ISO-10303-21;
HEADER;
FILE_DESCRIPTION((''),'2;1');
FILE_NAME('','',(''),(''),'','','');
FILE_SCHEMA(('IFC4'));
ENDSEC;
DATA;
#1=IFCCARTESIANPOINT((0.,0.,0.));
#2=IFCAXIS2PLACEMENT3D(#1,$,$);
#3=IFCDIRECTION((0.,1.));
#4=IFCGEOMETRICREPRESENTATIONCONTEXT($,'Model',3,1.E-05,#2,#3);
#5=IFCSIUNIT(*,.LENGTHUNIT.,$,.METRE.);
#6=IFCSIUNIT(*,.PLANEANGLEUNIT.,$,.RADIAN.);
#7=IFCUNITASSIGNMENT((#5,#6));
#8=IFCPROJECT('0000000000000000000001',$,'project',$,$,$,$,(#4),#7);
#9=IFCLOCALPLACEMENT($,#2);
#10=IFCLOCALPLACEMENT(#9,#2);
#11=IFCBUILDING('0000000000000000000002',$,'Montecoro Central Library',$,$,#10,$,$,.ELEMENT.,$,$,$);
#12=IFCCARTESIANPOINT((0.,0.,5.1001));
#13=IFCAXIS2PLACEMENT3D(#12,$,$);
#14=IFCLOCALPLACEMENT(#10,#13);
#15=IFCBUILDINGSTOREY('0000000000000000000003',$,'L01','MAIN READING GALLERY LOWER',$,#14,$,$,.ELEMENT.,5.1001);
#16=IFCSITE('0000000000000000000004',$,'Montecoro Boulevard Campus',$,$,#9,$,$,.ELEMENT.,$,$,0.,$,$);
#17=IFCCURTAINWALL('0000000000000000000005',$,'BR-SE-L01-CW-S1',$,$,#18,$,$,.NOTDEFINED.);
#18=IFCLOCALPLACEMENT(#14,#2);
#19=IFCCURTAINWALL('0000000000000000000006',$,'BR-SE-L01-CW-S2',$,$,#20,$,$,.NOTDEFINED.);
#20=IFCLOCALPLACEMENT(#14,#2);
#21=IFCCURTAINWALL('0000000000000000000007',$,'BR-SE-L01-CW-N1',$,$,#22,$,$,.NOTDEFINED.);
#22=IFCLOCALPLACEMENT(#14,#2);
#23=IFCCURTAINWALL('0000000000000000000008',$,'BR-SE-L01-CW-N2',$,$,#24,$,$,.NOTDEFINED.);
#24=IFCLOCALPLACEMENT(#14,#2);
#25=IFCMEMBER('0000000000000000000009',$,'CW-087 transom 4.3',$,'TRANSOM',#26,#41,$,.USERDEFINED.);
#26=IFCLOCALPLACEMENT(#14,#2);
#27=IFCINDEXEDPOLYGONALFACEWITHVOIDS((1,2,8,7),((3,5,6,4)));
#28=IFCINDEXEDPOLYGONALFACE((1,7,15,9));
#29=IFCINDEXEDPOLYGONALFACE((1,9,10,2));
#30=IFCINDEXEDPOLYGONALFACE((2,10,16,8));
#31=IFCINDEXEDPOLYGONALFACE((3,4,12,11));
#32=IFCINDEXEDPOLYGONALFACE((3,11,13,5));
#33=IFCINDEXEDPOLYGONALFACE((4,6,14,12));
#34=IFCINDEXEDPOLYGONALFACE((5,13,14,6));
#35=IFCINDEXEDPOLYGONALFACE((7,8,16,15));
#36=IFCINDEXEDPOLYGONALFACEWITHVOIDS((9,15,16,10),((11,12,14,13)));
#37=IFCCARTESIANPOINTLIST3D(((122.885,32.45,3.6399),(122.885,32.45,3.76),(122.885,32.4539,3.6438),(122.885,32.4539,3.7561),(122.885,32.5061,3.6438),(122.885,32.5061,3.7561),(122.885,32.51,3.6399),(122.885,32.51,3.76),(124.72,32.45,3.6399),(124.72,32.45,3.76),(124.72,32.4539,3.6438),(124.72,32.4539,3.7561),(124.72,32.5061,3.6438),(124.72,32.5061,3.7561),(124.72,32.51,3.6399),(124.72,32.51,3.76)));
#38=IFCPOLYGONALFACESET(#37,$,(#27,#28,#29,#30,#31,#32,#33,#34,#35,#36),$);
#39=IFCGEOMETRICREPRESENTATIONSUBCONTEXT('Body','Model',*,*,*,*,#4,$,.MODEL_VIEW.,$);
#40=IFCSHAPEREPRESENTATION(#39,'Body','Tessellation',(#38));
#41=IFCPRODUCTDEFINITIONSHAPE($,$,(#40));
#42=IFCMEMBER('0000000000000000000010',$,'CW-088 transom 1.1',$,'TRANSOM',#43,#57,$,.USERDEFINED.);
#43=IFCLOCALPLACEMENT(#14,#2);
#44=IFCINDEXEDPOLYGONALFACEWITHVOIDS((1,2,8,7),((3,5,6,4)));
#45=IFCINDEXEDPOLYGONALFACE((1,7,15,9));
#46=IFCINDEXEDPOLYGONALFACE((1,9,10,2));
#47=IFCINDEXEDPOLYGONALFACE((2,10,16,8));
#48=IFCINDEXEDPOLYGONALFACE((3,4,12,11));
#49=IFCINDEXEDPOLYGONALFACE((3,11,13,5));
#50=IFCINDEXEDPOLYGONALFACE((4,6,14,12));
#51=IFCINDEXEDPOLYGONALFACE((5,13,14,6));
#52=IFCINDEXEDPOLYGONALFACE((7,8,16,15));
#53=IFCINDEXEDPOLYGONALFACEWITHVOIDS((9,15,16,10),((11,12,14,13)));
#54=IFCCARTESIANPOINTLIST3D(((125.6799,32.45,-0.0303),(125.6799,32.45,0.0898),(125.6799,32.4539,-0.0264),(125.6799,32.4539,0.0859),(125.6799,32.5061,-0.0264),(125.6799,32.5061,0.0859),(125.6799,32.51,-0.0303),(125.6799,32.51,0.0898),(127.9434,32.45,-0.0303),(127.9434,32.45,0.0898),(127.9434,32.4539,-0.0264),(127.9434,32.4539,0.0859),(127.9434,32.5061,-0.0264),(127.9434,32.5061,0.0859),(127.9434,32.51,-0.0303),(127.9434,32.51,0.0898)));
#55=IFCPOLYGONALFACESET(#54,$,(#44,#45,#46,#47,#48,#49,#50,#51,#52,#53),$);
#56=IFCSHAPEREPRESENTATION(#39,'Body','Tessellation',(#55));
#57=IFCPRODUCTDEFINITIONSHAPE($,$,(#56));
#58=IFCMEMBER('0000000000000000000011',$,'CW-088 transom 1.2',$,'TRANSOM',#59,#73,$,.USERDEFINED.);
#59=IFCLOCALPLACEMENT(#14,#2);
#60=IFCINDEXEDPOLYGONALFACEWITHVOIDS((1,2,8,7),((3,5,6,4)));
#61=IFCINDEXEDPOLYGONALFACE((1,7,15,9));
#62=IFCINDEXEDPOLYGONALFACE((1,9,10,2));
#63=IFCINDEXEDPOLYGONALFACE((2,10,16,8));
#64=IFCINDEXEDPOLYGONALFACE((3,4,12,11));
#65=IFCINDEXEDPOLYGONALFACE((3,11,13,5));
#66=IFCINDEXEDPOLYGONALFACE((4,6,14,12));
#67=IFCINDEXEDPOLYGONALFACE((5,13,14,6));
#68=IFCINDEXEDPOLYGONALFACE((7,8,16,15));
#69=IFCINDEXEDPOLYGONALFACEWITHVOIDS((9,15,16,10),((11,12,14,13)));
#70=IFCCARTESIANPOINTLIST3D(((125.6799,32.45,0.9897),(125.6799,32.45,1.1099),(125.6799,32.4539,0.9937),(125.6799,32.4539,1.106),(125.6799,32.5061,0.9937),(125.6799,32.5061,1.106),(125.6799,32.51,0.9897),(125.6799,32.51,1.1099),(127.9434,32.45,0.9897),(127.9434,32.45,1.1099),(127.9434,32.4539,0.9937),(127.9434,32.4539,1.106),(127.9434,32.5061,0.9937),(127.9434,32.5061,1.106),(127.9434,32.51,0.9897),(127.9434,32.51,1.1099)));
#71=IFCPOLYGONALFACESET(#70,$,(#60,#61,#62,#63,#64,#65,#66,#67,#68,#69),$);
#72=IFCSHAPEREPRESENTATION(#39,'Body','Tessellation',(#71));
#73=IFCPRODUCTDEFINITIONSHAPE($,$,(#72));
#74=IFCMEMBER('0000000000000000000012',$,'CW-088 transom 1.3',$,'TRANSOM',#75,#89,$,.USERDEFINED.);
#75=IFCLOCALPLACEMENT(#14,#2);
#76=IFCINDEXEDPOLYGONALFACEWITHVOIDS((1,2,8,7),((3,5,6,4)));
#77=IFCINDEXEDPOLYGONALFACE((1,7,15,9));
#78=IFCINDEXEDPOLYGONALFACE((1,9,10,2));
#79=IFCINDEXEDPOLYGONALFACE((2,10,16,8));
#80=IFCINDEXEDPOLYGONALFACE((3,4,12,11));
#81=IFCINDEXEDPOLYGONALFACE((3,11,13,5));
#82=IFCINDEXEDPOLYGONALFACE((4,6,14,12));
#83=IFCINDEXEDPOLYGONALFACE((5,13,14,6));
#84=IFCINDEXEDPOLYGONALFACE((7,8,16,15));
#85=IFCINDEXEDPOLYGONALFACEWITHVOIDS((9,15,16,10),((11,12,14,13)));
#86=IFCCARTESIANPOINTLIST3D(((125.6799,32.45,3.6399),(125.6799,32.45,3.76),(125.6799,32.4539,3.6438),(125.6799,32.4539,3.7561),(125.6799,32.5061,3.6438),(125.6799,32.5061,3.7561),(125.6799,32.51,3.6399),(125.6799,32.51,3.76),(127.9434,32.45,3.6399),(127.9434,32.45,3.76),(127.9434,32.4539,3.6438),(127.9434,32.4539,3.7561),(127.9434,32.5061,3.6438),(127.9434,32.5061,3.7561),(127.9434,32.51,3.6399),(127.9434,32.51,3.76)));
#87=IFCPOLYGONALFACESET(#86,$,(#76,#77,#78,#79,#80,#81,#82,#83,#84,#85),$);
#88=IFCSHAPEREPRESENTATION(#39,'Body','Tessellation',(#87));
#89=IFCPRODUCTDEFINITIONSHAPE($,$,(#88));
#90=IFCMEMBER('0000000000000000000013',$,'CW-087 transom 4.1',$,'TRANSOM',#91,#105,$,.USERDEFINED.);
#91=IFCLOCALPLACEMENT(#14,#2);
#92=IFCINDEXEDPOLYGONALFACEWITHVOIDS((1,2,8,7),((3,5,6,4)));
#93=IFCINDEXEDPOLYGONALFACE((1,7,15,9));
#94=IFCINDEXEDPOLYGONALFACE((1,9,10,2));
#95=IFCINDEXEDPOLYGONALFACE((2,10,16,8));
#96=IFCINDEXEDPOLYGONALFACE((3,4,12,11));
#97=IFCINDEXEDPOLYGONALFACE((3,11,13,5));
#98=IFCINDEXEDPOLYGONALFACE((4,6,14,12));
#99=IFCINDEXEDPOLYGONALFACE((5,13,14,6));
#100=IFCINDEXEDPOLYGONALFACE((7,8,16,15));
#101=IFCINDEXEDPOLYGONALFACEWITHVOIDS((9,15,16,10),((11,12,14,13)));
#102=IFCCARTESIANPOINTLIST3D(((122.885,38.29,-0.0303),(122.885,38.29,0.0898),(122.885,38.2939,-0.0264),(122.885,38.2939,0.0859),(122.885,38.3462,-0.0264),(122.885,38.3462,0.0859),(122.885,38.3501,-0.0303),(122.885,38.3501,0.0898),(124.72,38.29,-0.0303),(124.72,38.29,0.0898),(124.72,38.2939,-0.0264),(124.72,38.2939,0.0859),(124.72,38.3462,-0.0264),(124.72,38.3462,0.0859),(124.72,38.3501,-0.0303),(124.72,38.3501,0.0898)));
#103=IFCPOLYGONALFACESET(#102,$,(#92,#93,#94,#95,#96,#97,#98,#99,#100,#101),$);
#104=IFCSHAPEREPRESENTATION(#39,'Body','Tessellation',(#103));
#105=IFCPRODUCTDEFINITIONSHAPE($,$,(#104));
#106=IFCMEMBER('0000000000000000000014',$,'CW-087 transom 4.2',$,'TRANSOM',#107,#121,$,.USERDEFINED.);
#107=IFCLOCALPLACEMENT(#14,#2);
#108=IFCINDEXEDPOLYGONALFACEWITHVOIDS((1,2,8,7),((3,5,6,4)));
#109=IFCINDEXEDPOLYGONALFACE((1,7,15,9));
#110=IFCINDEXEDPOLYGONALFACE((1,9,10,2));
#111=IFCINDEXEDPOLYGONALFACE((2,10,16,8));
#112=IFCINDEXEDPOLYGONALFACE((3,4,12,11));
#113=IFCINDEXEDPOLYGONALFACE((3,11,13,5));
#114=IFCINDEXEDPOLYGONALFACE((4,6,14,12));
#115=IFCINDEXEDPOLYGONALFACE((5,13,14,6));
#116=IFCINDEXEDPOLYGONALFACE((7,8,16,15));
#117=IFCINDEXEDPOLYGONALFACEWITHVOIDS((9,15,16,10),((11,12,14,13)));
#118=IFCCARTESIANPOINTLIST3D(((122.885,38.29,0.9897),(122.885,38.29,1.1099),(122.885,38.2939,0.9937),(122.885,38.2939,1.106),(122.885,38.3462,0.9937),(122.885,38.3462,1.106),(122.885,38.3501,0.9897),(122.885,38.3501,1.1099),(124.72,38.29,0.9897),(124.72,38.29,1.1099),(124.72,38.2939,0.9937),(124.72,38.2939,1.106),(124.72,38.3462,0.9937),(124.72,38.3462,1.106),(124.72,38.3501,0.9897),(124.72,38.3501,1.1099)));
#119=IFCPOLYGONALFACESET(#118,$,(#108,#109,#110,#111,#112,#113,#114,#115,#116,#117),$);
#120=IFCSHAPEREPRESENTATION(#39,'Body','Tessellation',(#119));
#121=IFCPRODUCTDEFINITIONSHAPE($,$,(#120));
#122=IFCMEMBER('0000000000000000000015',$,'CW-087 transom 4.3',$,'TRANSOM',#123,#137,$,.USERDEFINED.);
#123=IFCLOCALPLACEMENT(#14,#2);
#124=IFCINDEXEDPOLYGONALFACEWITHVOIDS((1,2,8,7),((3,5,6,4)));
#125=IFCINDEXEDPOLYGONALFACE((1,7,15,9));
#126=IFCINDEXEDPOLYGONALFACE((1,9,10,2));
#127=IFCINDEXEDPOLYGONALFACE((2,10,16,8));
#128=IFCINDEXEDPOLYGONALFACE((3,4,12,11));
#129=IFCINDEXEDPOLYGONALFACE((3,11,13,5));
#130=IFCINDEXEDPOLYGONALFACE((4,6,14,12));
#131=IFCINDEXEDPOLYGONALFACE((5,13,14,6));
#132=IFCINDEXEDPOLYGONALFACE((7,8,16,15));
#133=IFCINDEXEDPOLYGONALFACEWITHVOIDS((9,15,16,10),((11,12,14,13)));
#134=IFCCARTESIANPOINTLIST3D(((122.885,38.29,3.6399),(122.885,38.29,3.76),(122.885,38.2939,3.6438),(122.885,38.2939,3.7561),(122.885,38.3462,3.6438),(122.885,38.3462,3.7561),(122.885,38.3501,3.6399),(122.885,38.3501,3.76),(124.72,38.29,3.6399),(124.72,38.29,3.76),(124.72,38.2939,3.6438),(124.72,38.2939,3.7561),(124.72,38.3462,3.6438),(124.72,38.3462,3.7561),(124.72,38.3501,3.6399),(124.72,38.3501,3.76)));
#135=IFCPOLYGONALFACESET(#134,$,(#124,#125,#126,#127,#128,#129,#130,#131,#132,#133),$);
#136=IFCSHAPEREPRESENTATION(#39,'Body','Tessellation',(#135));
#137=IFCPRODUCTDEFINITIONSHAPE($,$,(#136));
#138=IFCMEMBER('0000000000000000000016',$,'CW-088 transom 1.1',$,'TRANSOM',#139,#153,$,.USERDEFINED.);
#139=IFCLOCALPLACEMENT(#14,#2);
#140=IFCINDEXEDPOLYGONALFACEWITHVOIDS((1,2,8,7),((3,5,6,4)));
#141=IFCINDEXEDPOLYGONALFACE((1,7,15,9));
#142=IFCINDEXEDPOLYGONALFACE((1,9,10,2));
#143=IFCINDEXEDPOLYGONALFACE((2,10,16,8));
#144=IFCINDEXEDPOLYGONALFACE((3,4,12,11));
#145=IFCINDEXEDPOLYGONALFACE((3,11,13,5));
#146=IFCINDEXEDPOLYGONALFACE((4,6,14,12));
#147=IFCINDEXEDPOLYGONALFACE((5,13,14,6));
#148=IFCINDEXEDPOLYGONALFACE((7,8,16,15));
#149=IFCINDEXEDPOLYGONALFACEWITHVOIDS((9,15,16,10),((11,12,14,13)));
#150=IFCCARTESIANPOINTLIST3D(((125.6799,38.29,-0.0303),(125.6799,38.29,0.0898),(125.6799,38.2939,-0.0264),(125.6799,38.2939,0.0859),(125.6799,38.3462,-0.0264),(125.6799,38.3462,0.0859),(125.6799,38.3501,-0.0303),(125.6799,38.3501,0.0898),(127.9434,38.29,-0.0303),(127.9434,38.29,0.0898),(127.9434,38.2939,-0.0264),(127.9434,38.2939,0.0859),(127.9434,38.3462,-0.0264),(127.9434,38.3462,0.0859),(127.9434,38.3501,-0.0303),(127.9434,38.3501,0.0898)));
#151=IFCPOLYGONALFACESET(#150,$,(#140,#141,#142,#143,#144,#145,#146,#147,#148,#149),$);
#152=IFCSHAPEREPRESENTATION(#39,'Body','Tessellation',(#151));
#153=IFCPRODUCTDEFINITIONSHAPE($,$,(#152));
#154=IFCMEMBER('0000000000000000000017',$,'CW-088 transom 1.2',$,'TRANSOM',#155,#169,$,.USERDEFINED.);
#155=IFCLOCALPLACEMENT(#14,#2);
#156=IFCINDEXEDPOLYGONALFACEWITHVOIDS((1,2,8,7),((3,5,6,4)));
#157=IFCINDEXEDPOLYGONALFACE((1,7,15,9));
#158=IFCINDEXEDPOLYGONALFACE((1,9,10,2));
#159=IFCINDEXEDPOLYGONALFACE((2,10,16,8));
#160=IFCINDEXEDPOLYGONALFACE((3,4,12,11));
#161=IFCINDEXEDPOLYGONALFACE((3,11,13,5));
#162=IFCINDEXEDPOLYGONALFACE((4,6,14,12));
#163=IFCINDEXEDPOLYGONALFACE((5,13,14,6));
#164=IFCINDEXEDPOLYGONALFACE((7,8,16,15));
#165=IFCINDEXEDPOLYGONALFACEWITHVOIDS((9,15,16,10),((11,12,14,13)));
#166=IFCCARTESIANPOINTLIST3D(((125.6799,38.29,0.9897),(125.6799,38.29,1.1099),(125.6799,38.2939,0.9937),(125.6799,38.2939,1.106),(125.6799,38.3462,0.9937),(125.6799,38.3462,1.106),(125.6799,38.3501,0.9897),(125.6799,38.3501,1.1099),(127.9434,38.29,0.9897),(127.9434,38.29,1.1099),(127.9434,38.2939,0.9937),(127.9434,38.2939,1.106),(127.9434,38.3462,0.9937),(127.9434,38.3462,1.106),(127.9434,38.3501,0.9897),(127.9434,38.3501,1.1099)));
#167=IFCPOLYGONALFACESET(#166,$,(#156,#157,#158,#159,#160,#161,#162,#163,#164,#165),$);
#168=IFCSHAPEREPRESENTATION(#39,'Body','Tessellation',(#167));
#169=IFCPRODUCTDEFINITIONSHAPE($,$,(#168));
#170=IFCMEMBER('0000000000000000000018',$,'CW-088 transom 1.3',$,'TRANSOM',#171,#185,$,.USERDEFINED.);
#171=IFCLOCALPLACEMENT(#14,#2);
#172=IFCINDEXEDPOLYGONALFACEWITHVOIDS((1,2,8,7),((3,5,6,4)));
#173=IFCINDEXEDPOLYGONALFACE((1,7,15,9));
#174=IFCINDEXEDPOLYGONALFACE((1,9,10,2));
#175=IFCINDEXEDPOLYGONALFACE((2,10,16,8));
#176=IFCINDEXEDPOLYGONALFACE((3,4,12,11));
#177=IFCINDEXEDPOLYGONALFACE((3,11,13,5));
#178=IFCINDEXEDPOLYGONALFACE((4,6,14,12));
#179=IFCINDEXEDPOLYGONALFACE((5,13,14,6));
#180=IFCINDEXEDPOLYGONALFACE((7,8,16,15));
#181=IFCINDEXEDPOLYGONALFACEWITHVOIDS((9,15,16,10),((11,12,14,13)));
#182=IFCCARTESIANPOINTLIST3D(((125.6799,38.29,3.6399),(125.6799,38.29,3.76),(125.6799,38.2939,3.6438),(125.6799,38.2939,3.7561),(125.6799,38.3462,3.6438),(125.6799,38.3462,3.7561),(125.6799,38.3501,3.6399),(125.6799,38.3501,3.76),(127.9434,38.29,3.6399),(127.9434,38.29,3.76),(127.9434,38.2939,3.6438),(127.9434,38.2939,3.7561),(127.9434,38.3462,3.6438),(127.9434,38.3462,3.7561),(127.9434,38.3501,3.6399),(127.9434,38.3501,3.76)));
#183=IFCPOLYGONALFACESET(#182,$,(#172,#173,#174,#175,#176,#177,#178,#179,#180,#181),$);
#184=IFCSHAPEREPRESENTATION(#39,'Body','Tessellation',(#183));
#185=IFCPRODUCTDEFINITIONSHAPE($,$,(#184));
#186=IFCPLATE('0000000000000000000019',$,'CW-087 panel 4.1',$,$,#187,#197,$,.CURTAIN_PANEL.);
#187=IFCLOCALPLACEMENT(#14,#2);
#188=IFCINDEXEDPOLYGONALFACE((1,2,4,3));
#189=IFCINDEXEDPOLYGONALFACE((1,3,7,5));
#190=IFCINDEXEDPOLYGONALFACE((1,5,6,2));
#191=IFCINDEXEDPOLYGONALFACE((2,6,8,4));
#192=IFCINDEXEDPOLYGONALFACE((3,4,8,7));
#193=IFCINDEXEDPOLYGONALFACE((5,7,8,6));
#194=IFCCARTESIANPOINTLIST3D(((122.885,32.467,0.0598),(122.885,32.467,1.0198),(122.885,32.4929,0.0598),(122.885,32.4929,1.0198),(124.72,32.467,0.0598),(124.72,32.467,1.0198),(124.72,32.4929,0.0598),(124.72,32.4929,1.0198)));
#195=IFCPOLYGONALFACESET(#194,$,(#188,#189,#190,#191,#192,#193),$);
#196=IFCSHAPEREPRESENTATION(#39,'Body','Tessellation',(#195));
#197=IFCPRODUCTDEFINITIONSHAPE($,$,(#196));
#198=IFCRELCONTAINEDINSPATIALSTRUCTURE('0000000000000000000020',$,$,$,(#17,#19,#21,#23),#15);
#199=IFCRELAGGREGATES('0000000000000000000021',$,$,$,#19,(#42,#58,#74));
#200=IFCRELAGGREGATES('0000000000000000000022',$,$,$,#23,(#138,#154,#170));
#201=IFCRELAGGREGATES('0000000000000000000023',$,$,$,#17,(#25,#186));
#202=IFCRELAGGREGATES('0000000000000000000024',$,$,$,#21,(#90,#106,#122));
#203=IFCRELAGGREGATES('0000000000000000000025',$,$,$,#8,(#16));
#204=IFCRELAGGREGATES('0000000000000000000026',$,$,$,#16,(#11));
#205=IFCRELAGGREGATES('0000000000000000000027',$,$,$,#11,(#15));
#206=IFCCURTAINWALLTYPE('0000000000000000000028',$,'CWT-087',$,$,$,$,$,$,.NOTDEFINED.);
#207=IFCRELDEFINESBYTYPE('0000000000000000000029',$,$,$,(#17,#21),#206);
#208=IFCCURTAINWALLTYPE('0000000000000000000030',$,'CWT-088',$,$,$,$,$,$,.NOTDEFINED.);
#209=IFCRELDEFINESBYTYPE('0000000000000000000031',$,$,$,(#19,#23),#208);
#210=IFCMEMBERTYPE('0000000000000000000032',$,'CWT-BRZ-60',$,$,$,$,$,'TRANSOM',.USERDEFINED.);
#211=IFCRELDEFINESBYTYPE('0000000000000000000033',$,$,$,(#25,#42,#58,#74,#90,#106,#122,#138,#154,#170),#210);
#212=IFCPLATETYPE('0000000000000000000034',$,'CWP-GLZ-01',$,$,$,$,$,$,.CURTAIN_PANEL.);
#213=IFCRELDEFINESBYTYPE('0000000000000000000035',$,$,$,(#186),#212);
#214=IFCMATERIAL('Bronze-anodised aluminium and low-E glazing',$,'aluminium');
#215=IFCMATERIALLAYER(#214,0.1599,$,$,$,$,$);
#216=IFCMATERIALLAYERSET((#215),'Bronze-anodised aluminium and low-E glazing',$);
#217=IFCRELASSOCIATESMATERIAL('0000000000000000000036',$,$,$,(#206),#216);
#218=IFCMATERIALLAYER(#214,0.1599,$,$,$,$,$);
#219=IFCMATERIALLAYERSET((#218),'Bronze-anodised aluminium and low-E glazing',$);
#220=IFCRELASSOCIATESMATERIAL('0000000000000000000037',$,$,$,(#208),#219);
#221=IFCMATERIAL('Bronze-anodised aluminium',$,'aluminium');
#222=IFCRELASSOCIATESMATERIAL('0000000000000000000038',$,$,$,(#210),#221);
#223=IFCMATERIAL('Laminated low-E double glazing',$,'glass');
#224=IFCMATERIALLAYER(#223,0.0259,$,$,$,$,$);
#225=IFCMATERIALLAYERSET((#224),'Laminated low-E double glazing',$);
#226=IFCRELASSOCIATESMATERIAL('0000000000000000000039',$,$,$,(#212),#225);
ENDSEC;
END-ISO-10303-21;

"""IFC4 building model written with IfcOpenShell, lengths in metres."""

from ifc_helpers import new_model, si_unit, direction, frame, origin, origin_2d, place, context, subcontext, project, spatial, rectangle, hollow_rectangle, extrude, material, layer, layer_set, material_profile, profile_set, type_object, element, aggregate, save


model = new_model("IFC4")

# Units and contexts
model_context = context("Model", 3, precision=1e-05, world=origin(), true_north=direction((0.0, 1.0)))
body_context = subcontext(model_context, "Body", "Model", "MODEL_VIEW")
ifc_project = project(units=[si_unit("LENGTHUNIT", "METRE"), si_unit("PLANEANGLEUNIT", "RADIAN")], contexts=[model_context])

# Site, building, storey
site_placement = place(None, origin())
site = spatial("IfcSite", under=ifc_project, at=site_placement, Name="Montecoro Boulevard Campus", CompositionType="ELEMENT", RefElevation=0.0)
building_placement = place(site_placement, origin())
building = spatial("IfcBuilding", under=site, at=building_placement, Name="Montecoro Central Library", CompositionType="ELEMENT")
storey_placement = place(building_placement, frame((0.0, 0.0, 5.1001)))
storey = spatial("IfcBuildingStorey", under=building, at=storey_placement, Name="L01", Description="MAIN READING GALLERY LOWER", CompositionType="ELEMENT", Elevation=5.1001)

# Curtain walls
ifc_material_1 = material(Name="Bronze-anodised aluminium and low-E glazing", Category="aluminium")
ifc_layer_1 = layer(ifc_material_1, 0.1599)
ifc_layer_set_1 = layer_set([ifc_layer_1], Name="Bronze-anodised aluminium and low-E glazing")
curtain_wall_type_1 = type_object("IfcCurtainWallType", Name="CWT-087", PredefinedType="NOTDEFINED", material=ifc_layer_set_1)
curtain_wall_1_placement = place(storey_placement, origin())
curtain_wall_1 = element("IfcCurtainWall", 1, at=curtain_wall_1_placement, inside=storey, type_object=curtain_wall_type_1, Name="BR-SE-L01-CW-S1", PredefinedType="NOTDEFINED")
ifc_material_2 = material(Name="Bronze-anodised aluminium", Category="aluminium")
ifc_layer_2 = layer(ifc_material_1, 0.1599)
ifc_layer_set_2 = layer_set([ifc_layer_2], Name="Bronze-anodised aluminium and low-E glazing")
curtain_wall_type_2 = type_object("IfcCurtainWallType", Name="CWT-088", PredefinedType="NOTDEFINED", material=ifc_layer_set_2)
curtain_wall_2_placement = place(storey_placement, origin())
curtain_wall_2 = element("IfcCurtainWall", 2, at=curtain_wall_2_placement, inside=storey, type_object=curtain_wall_type_2, Name="BR-SE-L01-CW-S2", PredefinedType="NOTDEFINED")
curtain_wall_3_placement = place(storey_placement, origin())
curtain_wall_3 = element("IfcCurtainWall", 3, at=curtain_wall_3_placement, inside=storey, type_object=curtain_wall_type_1, Name="BR-SE-L01-CW-N1", PredefinedType="NOTDEFINED")
curtain_wall_4_placement = place(storey_placement, origin())
curtain_wall_4 = element("IfcCurtainWall", 4, at=curtain_wall_4_placement, inside=storey, type_object=curtain_wall_type_2, Name="BR-SE-L01-CW-N2", PredefinedType="NOTDEFINED")

# Members
ifc_material_profile_1 = material_profile(ifc_material_2, hollow_rectangle(XDim=0.0601, YDim=0.1201, WallThickness=0.0039, at=origin_2d()), Name="CWT 120x60x4.0")
ifc_profile_set_1 = profile_set([ifc_material_profile_1], Name="Bronze-anodised aluminium")
member_type_1 = type_object("IfcMemberType", Name="CWT-BRZ-60", ElementType="TRANSOM", PredefinedType="USERDEFINED", material=ifc_profile_set_1)
member_1_placement = place(storey_placement, frame((122.885, 32.48, 3.7), z_axis=(1.0, 0.0, 0.0), x_axis=(0.0, 1.0, 0.0)))
member_1 = element("IfcMember", 5, at=member_1_placement, type_object=member_type_1, Name="CW-087 transom 4.3", ObjectType="TRANSOM", PredefinedType="USERDEFINED", context=body_context, shape_type="SweptSolid", body=[
    extrude(hollow_rectangle(XDim=0.0601, YDim=0.1201, WallThickness=0.0039, at=origin_2d()), origin(), (0.0, 0.0, 1.0), 1.835),
])
member_2_placement = place(storey_placement, frame((125.6799, 32.48, 0.0298), z_axis=(1.0, 0.0, 0.0), x_axis=(0.0, 1.0, 0.0)))
member_2 = element("IfcMember", 6, at=member_2_placement, type_object=member_type_1, Name="CW-088 transom 1.1", ObjectType="TRANSOM", PredefinedType="USERDEFINED", context=body_context, shape_type="SweptSolid", body=[
    extrude(hollow_rectangle(XDim=0.0601, YDim=0.1201, WallThickness=0.0039, at=origin_2d()), origin(), (0.0, 0.0, 1.0), 2.2634),
])
member_3_placement = place(storey_placement, frame((125.6799, 32.48, 1.0498), z_axis=(1.0, 0.0, 0.0), x_axis=(0.0, 1.0, 0.0)))
member_3 = element("IfcMember", 7, at=member_3_placement, type_object=member_type_1, Name="CW-088 transom 1.2", ObjectType="TRANSOM", PredefinedType="USERDEFINED", context=body_context, shape_type="SweptSolid", body=[
    extrude(hollow_rectangle(XDim=0.0601, YDim=0.1201, WallThickness=0.0039, at=origin_2d()), origin(), (0.0, 0.0, 1.0), 2.2634),
])
member_4_placement = place(storey_placement, frame((125.6799, 32.48, 3.7), z_axis=(1.0, 0.0, 0.0), x_axis=(0.0, 1.0, 0.0)))
member_4 = element("IfcMember", 8, at=member_4_placement, type_object=member_type_1, Name="CW-088 transom 1.3", ObjectType="TRANSOM", PredefinedType="USERDEFINED", context=body_context, shape_type="SweptSolid", body=[
    extrude(hollow_rectangle(XDim=0.0601, YDim=0.1201, WallThickness=0.0039, at=origin_2d()), origin(), (0.0, 0.0, 1.0), 2.2634),
])
aggregate(curtain_wall_2, [member_2, member_3, member_4])
member_5_placement = place(storey_placement, frame((122.885, 38.3201, 0.0298), z_axis=(1.0, 0.0, 0.0), x_axis=(0.0, 1.0, 0.0)))
member_5 = element("IfcMember", 9, at=member_5_placement, type_object=member_type_1, Name="CW-087 transom 4.1", ObjectType="TRANSOM", PredefinedType="USERDEFINED", context=body_context, shape_type="SweptSolid", body=[
    extrude(hollow_rectangle(XDim=0.0601, YDim=0.1201, WallThickness=0.0039, at=origin_2d()), origin(), (0.0, 0.0, 1.0), 1.835),
])
member_6_placement = place(storey_placement, frame((122.885, 38.3201, 1.0498), z_axis=(1.0, 0.0, 0.0), x_axis=(0.0, 1.0, 0.0)))
member_6 = element("IfcMember", 10, at=member_6_placement, type_object=member_type_1, Name="CW-087 transom 4.2", ObjectType="TRANSOM", PredefinedType="USERDEFINED", context=body_context, shape_type="SweptSolid", body=[
    extrude(hollow_rectangle(XDim=0.0601, YDim=0.1201, WallThickness=0.0039, at=origin_2d()), origin(), (0.0, 0.0, 1.0), 1.835),
])
member_7_placement = place(storey_placement, frame((122.885, 38.3201, 3.7), z_axis=(1.0, 0.0, 0.0), x_axis=(0.0, 1.0, 0.0)))
member_7 = element("IfcMember", 11, at=member_7_placement, type_object=member_type_1, Name="CW-087 transom 4.3", ObjectType="TRANSOM", PredefinedType="USERDEFINED", context=body_context, shape_type="SweptSolid", body=[
    extrude(hollow_rectangle(XDim=0.0601, YDim=0.1201, WallThickness=0.0039, at=origin_2d()), origin(), (0.0, 0.0, 1.0), 1.835),
])
member_8_placement = place(storey_placement, frame((125.6799, 38.3201, 0.0298), z_axis=(1.0, 0.0, 0.0), x_axis=(0.0, 1.0, 0.0)))
member_8 = element("IfcMember", 12, at=member_8_placement, type_object=member_type_1, Name="CW-088 transom 1.1", ObjectType="TRANSOM", PredefinedType="USERDEFINED", context=body_context, shape_type="SweptSolid", body=[
    extrude(hollow_rectangle(XDim=0.0601, YDim=0.1201, WallThickness=0.0039, at=origin_2d()), origin(), (0.0, 0.0, 1.0), 2.2634),
])
member_9_placement = place(storey_placement, frame((125.6799, 38.3201, 1.0498), z_axis=(1.0, 0.0, 0.0), x_axis=(0.0, 1.0, 0.0)))
member_9 = element("IfcMember", 13, at=member_9_placement, type_object=member_type_1, Name="CW-088 transom 1.2", ObjectType="TRANSOM", PredefinedType="USERDEFINED", context=body_context, shape_type="SweptSolid", body=[
    extrude(hollow_rectangle(XDim=0.0601, YDim=0.1201, WallThickness=0.0039, at=origin_2d()), origin(), (0.0, 0.0, 1.0), 2.2634),
])
member_10_placement = place(storey_placement, frame((125.6799, 38.3201, 3.7), z_axis=(1.0, 0.0, 0.0), x_axis=(0.0, 1.0, 0.0)))
member_10 = element("IfcMember", 14, at=member_10_placement, type_object=member_type_1, Name="CW-088 transom 1.3", ObjectType="TRANSOM", PredefinedType="USERDEFINED", context=body_context, shape_type="SweptSolid", body=[
    extrude(hollow_rectangle(XDim=0.0601, YDim=0.1201, WallThickness=0.0039, at=origin_2d()), origin(), (0.0, 0.0, 1.0), 2.2634),
])
aggregate(curtain_wall_4, [member_8, member_9, member_10])

# Plate
ifc_material_3 = material(Name="Laminated low-E double glazing", Category="glass")
ifc_layer_3 = layer(ifc_material_3, 0.0259)
ifc_layer_set_3 = layer_set([ifc_layer_3], Name="Laminated low-E double glazing")
plate_type = type_object("IfcPlateType", Name="CWP-GLZ-01", PredefinedType="CURTAIN_PANEL", material=ifc_layer_set_3)
plate_1_placement = place(storey_placement, frame((123.8025, 32.48, 0.0598), z_axis=(0.0, 0.0, 1.0), x_axis=(1.0, 0.0, 0.0)))
plate_1 = element("IfcPlate", 15, at=plate_1_placement, type_object=plate_type, Name="CW-087 panel 4.1", PredefinedType="CURTAIN_PANEL", context=body_context, shape_type="SweptSolid", body=[
    extrude(rectangle(XDim=1.835, YDim=0.0259, at=origin_2d()), origin(), (0.0, 0.0, 1.0), 0.96),
])
aggregate(curtain_wall_1, [member_1, plate_1])
aggregate(curtain_wall_3, [member_5, member_6, member_7])

save(model, "model.ifc")
